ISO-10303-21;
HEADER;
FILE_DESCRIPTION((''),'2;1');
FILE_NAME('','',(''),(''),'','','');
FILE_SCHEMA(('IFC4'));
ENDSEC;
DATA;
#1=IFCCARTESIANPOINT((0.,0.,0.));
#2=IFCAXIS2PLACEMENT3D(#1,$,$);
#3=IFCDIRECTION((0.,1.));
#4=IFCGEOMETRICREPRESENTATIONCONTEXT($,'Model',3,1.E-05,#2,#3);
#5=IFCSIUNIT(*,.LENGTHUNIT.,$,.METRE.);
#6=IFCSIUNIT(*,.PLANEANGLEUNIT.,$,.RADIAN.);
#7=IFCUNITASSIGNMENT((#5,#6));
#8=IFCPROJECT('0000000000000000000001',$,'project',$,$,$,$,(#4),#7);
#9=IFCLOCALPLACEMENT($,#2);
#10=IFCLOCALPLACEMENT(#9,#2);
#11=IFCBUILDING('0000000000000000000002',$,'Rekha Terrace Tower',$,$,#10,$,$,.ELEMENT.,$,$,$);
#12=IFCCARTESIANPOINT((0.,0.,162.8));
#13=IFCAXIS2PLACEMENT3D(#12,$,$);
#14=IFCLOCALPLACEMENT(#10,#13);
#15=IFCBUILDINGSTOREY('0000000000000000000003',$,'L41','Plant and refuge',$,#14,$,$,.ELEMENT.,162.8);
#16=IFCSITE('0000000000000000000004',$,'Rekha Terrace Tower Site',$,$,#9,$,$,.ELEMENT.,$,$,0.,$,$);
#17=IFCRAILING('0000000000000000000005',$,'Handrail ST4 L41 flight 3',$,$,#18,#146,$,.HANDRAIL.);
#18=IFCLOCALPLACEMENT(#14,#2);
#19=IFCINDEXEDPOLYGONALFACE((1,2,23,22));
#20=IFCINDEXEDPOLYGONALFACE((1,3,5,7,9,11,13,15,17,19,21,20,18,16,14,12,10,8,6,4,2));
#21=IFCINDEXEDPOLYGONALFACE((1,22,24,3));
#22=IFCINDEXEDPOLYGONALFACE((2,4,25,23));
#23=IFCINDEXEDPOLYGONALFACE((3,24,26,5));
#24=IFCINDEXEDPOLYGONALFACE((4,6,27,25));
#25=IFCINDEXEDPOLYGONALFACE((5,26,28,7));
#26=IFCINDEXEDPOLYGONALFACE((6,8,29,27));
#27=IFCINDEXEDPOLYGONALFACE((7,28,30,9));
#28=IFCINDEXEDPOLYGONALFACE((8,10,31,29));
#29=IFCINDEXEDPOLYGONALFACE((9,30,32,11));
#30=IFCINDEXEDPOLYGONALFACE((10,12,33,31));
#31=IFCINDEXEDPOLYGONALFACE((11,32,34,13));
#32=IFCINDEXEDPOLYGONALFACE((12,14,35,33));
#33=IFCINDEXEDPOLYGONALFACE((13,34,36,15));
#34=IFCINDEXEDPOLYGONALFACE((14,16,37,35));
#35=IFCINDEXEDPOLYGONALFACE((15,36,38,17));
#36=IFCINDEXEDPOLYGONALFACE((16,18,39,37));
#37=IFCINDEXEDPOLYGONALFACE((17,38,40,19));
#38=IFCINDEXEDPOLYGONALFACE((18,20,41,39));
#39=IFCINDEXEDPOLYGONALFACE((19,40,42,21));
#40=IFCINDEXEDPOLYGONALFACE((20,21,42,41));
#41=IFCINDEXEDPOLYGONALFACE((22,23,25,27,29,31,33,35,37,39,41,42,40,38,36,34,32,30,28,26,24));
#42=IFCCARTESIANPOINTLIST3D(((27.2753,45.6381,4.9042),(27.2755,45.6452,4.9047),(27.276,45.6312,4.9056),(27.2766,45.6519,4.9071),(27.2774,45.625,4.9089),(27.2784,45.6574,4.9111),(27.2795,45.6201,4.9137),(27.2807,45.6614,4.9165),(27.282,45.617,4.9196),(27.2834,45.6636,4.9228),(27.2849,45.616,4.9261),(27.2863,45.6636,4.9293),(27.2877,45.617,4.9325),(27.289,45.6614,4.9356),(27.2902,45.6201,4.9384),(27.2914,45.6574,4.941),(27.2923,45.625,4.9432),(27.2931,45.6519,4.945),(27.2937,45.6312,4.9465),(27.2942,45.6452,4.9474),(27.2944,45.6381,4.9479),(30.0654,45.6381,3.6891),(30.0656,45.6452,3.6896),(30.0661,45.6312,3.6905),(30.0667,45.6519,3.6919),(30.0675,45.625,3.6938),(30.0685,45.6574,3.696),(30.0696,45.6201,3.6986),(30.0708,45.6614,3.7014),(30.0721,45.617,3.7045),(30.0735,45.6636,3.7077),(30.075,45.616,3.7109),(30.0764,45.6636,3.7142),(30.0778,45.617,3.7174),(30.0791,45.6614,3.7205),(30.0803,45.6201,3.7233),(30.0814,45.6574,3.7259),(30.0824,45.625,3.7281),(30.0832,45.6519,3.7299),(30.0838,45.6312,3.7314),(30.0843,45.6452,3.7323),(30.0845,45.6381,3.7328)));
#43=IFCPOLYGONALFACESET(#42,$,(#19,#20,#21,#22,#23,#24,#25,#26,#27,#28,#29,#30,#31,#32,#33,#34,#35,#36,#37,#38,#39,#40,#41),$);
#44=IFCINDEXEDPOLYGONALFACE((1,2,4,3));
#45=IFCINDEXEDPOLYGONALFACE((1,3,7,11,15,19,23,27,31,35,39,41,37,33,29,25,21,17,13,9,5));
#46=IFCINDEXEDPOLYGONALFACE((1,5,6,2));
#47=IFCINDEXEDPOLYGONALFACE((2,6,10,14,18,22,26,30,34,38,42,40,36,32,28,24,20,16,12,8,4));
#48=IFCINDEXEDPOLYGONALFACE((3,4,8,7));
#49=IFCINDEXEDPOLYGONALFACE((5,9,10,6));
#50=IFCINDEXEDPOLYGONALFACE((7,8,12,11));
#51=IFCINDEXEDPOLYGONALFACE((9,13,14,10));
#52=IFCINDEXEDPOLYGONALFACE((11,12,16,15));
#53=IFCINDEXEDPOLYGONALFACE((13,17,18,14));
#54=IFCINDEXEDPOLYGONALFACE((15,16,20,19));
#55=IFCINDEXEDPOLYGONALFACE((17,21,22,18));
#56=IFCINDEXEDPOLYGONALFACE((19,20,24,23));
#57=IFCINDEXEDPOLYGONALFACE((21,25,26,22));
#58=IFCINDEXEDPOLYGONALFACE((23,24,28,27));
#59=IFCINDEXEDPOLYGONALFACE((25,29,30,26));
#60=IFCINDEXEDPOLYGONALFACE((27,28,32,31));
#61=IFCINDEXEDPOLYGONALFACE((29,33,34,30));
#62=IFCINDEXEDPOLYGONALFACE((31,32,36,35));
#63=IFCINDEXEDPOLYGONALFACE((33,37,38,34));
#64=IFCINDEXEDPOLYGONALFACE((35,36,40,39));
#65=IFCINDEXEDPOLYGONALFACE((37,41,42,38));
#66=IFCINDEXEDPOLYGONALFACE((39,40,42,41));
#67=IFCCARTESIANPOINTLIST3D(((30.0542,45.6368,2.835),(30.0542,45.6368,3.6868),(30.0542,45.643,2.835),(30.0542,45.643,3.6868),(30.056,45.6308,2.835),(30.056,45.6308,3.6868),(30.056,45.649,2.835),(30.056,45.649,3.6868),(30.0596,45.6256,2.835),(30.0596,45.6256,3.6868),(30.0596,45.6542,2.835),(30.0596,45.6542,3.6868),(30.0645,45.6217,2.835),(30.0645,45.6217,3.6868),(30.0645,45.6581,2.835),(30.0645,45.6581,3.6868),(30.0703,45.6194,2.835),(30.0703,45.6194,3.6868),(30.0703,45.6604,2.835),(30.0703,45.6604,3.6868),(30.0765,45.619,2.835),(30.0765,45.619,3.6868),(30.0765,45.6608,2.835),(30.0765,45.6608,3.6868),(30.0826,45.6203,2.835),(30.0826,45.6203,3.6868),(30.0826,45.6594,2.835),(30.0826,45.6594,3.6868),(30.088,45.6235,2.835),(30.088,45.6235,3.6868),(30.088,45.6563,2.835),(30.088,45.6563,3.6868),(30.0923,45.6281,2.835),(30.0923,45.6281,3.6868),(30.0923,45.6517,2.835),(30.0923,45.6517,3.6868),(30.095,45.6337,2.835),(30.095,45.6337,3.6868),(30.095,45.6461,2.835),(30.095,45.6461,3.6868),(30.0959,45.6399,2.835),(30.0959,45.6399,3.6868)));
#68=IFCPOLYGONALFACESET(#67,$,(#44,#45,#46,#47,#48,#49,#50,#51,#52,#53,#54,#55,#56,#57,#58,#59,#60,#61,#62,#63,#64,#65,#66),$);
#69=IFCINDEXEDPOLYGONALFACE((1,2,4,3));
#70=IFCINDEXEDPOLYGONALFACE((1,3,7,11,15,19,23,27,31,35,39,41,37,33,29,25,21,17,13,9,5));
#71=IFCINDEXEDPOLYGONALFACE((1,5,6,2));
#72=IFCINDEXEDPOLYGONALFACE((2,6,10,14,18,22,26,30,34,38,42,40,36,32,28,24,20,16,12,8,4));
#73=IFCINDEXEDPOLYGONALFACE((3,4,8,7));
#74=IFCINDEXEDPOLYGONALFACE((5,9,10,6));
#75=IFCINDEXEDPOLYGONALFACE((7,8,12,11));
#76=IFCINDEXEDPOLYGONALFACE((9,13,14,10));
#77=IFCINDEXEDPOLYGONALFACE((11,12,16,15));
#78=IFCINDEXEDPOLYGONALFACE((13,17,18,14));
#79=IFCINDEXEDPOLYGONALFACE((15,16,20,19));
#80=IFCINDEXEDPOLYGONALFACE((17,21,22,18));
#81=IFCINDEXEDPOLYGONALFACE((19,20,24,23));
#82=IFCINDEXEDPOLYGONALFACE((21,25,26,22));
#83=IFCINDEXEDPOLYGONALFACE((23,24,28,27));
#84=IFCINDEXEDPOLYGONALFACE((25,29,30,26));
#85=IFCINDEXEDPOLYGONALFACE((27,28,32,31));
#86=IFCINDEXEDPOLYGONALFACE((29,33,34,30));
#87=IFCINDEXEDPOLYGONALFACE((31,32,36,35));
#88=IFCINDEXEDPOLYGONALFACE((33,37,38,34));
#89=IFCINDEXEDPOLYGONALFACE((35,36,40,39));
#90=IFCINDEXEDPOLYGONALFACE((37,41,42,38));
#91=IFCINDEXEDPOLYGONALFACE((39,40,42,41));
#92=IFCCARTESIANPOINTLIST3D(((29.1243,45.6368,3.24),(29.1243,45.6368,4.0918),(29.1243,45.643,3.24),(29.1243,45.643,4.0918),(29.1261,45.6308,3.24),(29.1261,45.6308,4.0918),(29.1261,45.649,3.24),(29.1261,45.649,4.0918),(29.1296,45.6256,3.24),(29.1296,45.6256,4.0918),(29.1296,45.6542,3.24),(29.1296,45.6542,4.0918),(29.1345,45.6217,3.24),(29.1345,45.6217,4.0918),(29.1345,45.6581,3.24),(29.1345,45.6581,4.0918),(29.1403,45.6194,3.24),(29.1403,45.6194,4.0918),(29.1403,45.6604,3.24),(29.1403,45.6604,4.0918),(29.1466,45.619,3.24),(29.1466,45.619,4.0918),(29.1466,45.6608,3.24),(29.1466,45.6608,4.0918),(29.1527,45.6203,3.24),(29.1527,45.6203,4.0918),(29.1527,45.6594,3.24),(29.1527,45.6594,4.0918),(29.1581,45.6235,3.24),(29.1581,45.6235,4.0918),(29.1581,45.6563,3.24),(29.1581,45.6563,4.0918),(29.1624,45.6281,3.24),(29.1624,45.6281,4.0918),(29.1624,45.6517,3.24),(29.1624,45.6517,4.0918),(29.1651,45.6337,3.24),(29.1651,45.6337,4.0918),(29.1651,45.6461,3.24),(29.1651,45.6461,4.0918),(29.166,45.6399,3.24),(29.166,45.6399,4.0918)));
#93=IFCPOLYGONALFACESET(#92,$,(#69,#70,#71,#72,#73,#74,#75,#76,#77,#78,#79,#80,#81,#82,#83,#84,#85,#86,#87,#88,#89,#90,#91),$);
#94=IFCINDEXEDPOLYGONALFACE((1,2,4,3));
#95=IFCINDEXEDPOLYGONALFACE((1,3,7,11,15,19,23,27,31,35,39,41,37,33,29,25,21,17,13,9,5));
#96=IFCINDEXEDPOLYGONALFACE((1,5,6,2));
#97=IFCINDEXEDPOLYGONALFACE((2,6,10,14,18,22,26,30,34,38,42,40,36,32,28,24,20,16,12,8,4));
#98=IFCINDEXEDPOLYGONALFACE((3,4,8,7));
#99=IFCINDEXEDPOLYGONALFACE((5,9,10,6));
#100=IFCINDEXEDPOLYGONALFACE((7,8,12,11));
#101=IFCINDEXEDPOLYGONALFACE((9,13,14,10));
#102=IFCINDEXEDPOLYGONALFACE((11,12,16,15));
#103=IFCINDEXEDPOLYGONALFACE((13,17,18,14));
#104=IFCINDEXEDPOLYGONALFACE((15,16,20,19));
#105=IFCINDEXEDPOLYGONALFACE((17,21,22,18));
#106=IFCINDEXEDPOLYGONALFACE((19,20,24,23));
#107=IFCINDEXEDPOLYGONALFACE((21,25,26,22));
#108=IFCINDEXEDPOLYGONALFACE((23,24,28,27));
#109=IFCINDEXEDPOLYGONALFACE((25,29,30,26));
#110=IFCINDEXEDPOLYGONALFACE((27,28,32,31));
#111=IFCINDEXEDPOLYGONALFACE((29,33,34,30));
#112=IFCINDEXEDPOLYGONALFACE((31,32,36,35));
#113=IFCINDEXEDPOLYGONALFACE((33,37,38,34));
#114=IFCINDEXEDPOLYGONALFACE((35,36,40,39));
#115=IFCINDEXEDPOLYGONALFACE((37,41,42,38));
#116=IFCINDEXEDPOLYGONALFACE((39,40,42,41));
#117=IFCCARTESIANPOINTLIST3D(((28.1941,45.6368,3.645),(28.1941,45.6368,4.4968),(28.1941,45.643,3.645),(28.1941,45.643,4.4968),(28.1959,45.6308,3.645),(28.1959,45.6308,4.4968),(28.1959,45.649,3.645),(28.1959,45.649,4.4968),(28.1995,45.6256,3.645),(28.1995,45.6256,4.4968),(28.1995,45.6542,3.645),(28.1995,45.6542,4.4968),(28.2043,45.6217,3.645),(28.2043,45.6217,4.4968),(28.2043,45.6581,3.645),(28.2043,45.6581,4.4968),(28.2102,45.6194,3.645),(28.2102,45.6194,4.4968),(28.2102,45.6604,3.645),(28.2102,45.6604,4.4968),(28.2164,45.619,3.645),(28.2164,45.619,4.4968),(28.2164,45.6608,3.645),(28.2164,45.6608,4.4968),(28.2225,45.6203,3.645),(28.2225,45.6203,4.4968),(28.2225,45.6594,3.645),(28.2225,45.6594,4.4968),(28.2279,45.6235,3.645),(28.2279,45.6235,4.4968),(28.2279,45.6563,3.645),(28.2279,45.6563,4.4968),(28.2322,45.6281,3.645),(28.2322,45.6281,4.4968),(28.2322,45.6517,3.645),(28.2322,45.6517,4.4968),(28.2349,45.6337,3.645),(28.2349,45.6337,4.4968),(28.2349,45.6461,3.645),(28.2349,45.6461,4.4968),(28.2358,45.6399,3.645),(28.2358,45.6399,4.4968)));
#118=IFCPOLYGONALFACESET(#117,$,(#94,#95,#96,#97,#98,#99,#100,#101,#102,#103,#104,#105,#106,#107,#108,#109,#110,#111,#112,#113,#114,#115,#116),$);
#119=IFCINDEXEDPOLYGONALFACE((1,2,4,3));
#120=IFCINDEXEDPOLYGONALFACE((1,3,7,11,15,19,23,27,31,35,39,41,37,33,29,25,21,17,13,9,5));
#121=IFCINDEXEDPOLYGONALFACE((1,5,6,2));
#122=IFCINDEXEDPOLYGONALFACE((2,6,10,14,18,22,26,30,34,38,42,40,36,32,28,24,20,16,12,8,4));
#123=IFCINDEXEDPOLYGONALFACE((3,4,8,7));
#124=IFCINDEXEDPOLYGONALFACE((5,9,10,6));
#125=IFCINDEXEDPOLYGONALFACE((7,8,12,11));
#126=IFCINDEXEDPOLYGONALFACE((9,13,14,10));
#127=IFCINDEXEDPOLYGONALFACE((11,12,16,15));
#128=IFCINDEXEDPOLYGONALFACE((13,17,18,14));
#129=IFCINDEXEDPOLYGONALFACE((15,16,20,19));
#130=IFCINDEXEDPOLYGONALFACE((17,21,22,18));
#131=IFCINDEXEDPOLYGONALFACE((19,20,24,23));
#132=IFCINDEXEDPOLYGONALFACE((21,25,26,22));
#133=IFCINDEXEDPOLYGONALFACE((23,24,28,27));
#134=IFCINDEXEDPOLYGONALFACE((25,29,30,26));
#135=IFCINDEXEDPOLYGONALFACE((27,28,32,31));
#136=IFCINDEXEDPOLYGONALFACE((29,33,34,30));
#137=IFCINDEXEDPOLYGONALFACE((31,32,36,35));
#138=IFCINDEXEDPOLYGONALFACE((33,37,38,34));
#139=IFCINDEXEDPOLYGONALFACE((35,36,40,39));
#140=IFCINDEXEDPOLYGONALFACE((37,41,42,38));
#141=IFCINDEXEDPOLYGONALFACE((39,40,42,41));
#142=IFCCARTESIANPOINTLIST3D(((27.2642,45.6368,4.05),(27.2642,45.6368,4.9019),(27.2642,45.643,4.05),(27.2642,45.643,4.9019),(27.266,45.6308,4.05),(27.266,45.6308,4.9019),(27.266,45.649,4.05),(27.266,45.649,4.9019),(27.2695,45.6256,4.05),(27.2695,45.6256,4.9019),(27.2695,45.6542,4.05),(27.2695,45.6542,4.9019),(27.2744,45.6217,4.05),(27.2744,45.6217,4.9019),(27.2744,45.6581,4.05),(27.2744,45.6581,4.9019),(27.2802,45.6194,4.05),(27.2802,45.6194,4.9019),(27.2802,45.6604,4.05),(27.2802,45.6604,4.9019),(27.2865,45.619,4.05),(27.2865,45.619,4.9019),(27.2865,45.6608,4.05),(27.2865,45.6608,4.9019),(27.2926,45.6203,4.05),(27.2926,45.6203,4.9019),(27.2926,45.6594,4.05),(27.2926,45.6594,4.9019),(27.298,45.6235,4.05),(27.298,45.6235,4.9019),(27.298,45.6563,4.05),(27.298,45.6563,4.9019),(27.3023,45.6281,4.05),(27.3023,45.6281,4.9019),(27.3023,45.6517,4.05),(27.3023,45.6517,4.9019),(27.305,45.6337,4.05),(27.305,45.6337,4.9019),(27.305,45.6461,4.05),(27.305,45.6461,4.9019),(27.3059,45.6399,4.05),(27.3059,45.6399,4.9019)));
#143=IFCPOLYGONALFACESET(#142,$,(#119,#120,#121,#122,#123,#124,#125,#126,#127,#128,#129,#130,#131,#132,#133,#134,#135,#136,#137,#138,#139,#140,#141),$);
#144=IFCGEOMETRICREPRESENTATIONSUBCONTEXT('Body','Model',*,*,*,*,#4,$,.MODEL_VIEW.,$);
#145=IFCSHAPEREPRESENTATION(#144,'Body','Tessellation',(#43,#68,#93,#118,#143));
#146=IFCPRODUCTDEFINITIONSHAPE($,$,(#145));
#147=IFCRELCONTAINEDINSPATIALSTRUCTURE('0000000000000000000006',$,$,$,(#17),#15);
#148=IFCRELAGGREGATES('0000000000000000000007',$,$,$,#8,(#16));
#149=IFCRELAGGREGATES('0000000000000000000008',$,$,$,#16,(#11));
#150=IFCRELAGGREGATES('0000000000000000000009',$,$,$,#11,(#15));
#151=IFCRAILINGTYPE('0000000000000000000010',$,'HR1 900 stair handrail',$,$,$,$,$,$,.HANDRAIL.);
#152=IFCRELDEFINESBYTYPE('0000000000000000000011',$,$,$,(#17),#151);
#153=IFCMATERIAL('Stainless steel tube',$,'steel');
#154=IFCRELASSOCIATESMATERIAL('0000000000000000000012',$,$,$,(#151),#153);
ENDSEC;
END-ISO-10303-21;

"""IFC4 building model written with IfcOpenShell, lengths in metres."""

from ifc_helpers import new_model, si_unit, direction, frame, origin, origin_2d, place, context, subcontext, project, spatial, circle, extrude, material, type_object, element, save


model = new_model("IFC4")

# Units and contexts
model_context = context("Model", 3, precision=1e-05, world=origin(), true_north=direction((0.0, 1.0)))
body_context = subcontext(model_context, "Body", "Model", "MODEL_VIEW")
ifc_project = project(units=[si_unit("LENGTHUNIT", "METRE"), si_unit("PLANEANGLEUNIT", "RADIAN")], contexts=[model_context])

# Site, building, storey
site_placement = place(None, origin())
site = spatial("IfcSite", under=ifc_project, at=site_placement, Name="Rekha Terrace Tower Site", CompositionType="ELEMENT", RefElevation=0.0)
building_placement = place(site_placement, origin())
building = spatial("IfcBuilding", under=site, at=building_placement, Name="Rekha Terrace Tower", CompositionType="ELEMENT")
storey_placement = place(building_placement, frame((0.0, 0.0, 162.8)))
storey = spatial("IfcBuildingStorey", under=building, at=storey_placement, Name="L41", Description="Plant and refuge", CompositionType="ELEMENT", Elevation=162.8)

# Railing
ifc_material_1 = material(Name="Stainless steel tube", Category="steel")
railing_type_1 = type_object("IfcRailingType", Name="HR1 900 stair handrail", PredefinedType="HANDRAIL", material=ifc_material_1)
railing_1_placement = place(storey_placement, frame((30.075, 45.6399, 2.835)))
element("IfcRailing", 1, at=railing_1_placement, inside=storey, type_object=railing_type_1, Name="Handrail ST4 L41 flight 3", PredefinedType="HANDRAIL", context=body_context, shape_type="SweptSolid", body=[
    extrude(circle(Radius=0.0239, at=origin_2d()), frame((0.0, 0.0, 0.876), z_axis=(-0.916826, 0.0, 0.399286), x_axis=(0.0, -1.0, 0.0)), (0.0, 0.0, 1.0), 3.0432),
    extrude(circle(Radius=0.021, at=origin_2d()), origin(), (0.0, 0.0, 1.0), 0.8518),
    extrude(circle(Radius=0.021, at=origin_2d()), frame((-0.9299, 0.0, 0.405)), (0.0, 0.0, 1.0), 0.8518),
    extrude(circle(Radius=0.021, at=origin_2d()), frame((-1.8601, 0.0, 0.8101)), (0.0, 0.0, 1.0), 0.8518),
    extrude(circle(Radius=0.021, at=origin_2d()), frame((-2.79, 0.0, 1.2151)), (0.0, 0.0, 1.0), 0.8518),
])

save(model, "model.ifc")
